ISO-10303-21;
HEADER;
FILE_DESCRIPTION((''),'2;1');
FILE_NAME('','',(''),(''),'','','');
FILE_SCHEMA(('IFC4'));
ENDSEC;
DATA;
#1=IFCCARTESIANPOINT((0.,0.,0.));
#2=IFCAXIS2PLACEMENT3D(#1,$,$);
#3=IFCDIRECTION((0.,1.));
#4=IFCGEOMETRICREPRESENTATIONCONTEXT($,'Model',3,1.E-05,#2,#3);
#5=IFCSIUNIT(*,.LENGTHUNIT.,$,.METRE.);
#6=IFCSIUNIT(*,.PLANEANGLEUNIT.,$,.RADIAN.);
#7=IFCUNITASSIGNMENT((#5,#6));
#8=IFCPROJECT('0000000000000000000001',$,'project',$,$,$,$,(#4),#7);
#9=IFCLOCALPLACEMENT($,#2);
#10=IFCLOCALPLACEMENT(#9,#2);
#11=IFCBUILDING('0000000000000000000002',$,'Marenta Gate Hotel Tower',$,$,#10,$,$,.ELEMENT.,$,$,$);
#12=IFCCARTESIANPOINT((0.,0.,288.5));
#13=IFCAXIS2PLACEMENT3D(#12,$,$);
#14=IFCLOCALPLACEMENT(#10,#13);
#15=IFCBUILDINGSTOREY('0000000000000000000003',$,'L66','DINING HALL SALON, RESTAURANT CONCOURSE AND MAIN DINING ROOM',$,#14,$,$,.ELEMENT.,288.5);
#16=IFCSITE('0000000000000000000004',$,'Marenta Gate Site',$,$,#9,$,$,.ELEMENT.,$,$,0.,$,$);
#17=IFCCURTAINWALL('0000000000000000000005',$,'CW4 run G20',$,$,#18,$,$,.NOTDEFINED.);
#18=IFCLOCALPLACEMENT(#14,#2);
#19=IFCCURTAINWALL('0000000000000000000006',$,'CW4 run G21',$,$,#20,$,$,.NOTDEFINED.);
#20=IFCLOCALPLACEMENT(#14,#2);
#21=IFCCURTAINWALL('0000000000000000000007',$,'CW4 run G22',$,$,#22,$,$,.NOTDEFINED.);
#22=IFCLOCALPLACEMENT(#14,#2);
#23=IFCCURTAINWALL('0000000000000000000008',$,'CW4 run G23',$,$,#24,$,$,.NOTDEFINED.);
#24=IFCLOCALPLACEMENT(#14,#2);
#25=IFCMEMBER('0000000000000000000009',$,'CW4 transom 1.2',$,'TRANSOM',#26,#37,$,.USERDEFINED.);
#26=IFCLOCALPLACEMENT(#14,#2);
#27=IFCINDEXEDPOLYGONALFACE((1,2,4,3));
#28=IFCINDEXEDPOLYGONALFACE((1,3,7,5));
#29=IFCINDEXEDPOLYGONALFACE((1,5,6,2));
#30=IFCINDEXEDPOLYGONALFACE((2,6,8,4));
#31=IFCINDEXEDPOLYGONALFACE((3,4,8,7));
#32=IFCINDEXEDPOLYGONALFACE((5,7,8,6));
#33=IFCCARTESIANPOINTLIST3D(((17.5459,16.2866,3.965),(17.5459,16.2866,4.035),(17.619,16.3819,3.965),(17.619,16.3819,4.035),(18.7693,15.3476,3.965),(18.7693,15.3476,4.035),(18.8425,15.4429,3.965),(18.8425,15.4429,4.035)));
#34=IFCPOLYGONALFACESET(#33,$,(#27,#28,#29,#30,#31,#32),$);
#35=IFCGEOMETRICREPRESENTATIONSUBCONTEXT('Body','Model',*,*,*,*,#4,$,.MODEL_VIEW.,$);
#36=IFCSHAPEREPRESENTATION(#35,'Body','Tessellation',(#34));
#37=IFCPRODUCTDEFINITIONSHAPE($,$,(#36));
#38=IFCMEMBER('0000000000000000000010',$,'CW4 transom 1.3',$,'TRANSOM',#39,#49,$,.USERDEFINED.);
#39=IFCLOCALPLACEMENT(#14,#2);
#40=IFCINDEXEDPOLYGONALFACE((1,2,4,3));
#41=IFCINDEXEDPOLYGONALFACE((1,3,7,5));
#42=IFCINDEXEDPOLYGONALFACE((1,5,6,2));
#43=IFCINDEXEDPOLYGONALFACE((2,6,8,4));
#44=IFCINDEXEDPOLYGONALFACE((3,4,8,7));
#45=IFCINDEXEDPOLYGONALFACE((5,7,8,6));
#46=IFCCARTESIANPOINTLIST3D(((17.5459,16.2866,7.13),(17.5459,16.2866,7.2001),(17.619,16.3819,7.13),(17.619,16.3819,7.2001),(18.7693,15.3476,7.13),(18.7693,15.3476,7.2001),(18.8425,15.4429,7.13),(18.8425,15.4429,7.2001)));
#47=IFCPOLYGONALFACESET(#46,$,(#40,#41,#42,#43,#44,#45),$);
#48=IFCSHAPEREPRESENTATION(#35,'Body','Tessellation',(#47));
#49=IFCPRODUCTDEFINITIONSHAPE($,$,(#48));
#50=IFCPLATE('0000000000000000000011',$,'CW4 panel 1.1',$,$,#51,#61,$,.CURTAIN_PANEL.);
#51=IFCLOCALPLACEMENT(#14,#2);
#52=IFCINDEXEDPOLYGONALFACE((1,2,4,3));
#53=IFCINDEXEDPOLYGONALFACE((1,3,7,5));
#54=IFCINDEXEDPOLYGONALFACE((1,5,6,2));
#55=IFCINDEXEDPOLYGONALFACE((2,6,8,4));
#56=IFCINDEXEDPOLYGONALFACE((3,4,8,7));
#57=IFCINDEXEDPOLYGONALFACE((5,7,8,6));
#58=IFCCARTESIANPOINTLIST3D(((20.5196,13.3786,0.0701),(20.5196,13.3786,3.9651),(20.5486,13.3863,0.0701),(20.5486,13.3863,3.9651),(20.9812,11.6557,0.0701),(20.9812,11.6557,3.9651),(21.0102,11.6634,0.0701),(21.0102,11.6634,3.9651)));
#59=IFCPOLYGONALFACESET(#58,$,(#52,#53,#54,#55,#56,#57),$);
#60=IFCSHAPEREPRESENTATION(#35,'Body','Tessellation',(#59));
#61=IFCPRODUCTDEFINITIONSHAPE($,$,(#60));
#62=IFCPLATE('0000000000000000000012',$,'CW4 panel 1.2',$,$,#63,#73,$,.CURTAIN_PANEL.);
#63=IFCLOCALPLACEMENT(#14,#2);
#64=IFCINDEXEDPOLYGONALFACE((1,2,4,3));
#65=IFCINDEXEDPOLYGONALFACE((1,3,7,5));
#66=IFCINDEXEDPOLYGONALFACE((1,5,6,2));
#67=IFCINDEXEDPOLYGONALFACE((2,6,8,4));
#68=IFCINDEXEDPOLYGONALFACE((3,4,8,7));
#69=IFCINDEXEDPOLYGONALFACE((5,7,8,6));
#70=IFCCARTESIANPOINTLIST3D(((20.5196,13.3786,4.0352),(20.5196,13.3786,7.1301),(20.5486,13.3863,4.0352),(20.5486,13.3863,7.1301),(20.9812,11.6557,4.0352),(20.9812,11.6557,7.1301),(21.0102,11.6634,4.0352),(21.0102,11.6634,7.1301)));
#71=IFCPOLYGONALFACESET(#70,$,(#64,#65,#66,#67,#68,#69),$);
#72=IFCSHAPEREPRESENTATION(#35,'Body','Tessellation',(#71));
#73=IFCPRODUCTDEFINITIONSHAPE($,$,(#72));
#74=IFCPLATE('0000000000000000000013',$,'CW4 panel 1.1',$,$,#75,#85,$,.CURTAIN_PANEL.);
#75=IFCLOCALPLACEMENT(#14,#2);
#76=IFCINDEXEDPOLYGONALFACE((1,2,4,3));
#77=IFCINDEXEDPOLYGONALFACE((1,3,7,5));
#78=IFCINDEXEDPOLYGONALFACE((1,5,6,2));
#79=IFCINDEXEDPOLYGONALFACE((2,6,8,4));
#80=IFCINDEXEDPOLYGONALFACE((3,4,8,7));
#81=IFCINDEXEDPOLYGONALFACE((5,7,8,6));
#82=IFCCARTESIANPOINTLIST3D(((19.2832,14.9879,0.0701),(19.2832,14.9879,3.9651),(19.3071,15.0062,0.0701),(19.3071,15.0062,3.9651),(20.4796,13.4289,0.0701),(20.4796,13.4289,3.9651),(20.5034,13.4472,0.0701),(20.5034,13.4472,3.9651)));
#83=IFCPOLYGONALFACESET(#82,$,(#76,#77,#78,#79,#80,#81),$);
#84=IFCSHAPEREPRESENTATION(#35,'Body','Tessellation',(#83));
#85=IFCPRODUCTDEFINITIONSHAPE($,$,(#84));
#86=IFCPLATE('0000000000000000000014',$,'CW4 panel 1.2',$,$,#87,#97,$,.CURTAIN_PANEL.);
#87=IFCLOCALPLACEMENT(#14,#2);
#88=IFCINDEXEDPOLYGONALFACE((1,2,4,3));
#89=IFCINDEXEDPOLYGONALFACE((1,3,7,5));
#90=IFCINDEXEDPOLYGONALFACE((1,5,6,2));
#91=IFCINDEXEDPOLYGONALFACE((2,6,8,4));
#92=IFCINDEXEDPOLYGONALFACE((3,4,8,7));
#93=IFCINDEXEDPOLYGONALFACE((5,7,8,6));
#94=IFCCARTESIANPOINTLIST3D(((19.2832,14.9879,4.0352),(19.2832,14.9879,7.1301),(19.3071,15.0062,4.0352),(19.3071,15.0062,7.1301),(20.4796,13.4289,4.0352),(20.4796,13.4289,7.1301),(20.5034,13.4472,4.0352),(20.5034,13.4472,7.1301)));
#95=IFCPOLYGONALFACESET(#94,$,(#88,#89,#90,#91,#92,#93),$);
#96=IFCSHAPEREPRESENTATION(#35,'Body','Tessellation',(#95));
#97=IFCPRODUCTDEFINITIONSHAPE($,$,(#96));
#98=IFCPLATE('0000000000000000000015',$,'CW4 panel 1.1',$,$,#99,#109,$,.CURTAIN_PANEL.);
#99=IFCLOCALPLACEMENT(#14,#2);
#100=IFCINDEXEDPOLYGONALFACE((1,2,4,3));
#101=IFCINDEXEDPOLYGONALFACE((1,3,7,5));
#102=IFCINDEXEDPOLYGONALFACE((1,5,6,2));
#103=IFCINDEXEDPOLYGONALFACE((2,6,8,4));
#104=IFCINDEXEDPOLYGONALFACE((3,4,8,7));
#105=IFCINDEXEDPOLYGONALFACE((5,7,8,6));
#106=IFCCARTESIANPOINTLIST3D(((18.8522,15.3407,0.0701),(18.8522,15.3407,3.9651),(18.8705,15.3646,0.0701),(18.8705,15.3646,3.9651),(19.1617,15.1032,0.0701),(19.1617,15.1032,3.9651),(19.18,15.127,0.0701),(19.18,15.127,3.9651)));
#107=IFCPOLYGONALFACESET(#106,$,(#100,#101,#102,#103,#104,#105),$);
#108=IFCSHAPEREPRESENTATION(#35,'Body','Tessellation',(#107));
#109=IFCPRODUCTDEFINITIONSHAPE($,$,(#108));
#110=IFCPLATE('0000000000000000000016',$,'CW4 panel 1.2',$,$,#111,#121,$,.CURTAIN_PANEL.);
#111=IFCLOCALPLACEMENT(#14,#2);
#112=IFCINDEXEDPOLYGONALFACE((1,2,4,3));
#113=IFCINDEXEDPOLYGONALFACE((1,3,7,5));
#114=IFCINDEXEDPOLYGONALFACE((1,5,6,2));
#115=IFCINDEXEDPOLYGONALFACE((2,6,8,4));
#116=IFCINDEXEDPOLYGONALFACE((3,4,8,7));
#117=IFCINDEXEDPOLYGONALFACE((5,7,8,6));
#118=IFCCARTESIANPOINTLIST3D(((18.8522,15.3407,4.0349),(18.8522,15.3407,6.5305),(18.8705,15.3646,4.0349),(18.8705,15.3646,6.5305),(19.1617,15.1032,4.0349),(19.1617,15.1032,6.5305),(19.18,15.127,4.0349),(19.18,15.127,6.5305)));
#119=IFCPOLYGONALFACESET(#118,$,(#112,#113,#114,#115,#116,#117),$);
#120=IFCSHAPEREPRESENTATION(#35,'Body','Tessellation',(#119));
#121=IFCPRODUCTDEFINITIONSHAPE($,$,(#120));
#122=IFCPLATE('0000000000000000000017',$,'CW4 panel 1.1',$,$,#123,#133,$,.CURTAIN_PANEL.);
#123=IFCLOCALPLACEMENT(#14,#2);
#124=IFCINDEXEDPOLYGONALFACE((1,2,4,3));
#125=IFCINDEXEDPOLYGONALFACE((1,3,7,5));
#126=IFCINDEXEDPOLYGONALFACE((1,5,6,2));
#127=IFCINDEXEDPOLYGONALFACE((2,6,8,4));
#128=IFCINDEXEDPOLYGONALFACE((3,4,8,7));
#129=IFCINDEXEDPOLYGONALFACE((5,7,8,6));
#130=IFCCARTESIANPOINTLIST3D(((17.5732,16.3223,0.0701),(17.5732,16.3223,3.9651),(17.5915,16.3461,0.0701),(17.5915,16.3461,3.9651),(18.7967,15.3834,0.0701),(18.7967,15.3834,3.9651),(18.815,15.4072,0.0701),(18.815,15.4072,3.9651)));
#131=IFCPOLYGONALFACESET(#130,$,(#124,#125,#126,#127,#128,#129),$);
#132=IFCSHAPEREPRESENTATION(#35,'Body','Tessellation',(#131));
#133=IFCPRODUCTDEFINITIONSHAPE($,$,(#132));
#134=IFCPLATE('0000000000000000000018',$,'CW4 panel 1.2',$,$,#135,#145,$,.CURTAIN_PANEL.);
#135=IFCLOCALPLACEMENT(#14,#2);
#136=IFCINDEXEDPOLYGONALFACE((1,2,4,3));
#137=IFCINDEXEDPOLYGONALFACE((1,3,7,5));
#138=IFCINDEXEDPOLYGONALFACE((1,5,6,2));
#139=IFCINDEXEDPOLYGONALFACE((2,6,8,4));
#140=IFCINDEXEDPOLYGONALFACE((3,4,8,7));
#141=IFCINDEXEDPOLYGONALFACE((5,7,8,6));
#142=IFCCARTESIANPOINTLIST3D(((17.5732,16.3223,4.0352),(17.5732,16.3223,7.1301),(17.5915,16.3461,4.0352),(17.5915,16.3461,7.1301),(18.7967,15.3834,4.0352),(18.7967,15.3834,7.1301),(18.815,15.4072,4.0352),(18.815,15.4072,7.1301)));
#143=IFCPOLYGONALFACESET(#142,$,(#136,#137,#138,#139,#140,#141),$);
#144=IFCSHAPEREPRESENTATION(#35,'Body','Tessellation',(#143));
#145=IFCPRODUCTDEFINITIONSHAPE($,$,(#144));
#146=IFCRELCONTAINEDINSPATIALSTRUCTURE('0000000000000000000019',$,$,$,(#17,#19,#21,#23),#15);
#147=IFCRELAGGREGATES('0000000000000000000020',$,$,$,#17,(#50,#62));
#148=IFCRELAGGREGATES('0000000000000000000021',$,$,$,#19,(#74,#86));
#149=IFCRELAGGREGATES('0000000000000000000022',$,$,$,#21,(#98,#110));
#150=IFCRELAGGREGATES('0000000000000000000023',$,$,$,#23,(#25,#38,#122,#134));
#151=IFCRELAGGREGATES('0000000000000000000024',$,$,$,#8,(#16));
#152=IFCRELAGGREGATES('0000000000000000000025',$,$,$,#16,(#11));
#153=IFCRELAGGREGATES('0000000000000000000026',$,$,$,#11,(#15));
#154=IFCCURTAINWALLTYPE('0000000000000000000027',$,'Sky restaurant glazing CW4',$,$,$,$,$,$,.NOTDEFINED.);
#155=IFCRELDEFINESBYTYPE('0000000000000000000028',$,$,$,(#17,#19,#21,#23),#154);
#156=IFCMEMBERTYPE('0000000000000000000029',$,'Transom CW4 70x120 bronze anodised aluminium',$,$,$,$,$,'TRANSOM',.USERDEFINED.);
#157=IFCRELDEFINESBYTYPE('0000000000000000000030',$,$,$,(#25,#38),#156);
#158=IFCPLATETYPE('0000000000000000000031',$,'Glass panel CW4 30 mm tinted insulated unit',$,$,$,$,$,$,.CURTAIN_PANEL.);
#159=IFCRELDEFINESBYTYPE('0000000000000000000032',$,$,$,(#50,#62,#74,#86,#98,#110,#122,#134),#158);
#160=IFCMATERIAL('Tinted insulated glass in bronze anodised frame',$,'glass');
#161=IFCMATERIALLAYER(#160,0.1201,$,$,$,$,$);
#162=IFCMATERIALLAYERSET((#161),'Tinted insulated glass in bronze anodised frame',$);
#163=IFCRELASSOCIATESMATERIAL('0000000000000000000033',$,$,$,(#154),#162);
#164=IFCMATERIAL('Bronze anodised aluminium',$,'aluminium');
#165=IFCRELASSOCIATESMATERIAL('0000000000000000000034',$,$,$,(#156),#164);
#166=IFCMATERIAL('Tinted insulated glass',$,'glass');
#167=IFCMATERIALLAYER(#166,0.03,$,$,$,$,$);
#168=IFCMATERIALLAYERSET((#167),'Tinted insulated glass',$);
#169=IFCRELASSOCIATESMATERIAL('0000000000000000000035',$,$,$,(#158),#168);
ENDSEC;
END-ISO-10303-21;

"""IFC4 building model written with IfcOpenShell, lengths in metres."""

from ifc_helpers import new_model, si_unit, direction, frame, origin, origin_2d, place, context, subcontext, project, spatial, rectangle, extrude, material, layer, layer_set, material_profile, profile_set, type_object, element, aggregate, save


model = new_model("IFC4")

# Units and contexts
model_context = context("Model", 3, precision=1e-05, world=origin(), true_north=direction((0.0, 1.0)))
body_context = subcontext(model_context, "Body", "Model", "MODEL_VIEW")
ifc_project = project(units=[si_unit("LENGTHUNIT", "METRE"), si_unit("PLANEANGLEUNIT", "RADIAN")], contexts=[model_context])

# Site, building, storey
site_placement = place(None, origin())
site = spatial("IfcSite", under=ifc_project, at=site_placement, Name="Marenta Gate Site", CompositionType="ELEMENT", RefElevation=0.0)
building_placement = place(site_placement, origin())
building = spatial("IfcBuilding", under=site, at=building_placement, Name="Marenta Gate Hotel Tower", CompositionType="ELEMENT")
storey_placement = place(building_placement, frame((0.0, 0.0, 288.5)))
storey = spatial("IfcBuildingStorey", under=building, at=storey_placement, Name="L66", Description="DINING HALL SALON, RESTAURANT CONCOURSE AND MAIN DINING ROOM", CompositionType="ELEMENT", Elevation=288.5)

# Curtain wall
ifc_material_1 = material(Name="Tinted insulated glass in bronze anodised frame", Category="glass")
ifc_layer_1 = layer(ifc_material_1, 0.1201)
ifc_layer_set_1 = layer_set([ifc_layer_1], Name="Tinted insulated glass in bronze anodised frame")
curtain_wall_type = type_object("IfcCurtainWallType", Name="Sky restaurant glazing CW4", PredefinedType="NOTDEFINED", material=ifc_layer_set_1)
curtain_wall_1_placement = place(storey_placement, origin())
curtain_wall_1 = element("IfcCurtainWall", 1, at=curtain_wall_1_placement, inside=storey, type_object=curtain_wall_type, Name="CW4 run G20", PredefinedType="NOTDEFINED")

# Curtain wall
curtain_wall_2_placement = place(storey_placement, origin())
curtain_wall_2 = element("IfcCurtainWall", 2, at=curtain_wall_2_placement, inside=storey, type_object=curtain_wall_type, Name="CW4 run G21", PredefinedType="NOTDEFINED")

# Curtain walls
curtain_wall_3_placement = place(storey_placement, origin())
curtain_wall_3 = element("IfcCurtainWall", 3, at=curtain_wall_3_placement, inside=storey, type_object=curtain_wall_type, Name="CW4 run G22", PredefinedType="NOTDEFINED")
curtain_wall_4_placement = place(storey_placement, origin())
curtain_wall_4 = element("IfcCurtainWall", 4, at=curtain_wall_4_placement, inside=storey, type_object=curtain_wall_type, Name="CW4 run G23", PredefinedType="NOTDEFINED")

# Members
ifc_material_2 = material(Name="Bronze anodised aluminium", Category="aluminium")
ifc_material_profile_1 = material_profile(ifc_material_2, rectangle(XDim=0.1201, YDim=0.0701, at=origin_2d()), Name="Transom CW4 70x120 bronze anodised aluminium")
ifc_profile_set_1 = profile_set([ifc_material_profile_1], Name="Bronze anodised aluminium")
member_type_1 = type_object("IfcMemberType", Name="Transom CW4 70x120 bronze anodised aluminium", ElementType="TRANSOM", PredefinedType="USERDEFINED", material=ifc_profile_set_1)
member_1_placement = place(storey_placement, frame((18.8059, 15.3953, 4.0), z_axis=(-0.793283, 0.608854, 0.0), x_axis=(-0.608854, -0.793283, 0.0)))
member_1 = element("IfcMember", 5, at=member_1_placement, type_object=member_type_1, Name="CW4 transom 1.2", ObjectType="TRANSOM", PredefinedType="USERDEFINED", context=body_context, shape_type="SweptSolid", body=[
    extrude(rectangle(XDim=0.1201, YDim=0.0701, at=origin_2d()), origin(), (0.0, 0.0, 1.0), 1.5422),
])
member_2_placement = place(storey_placement, frame((18.8059, 15.3953, 7.165), z_axis=(-0.793283, 0.608854, 0.0), x_axis=(-0.608854, -0.793283, 0.0)))
member_2 = element("IfcMember", 6, at=member_2_placement, type_object=member_type_1, Name="CW4 transom 1.3", ObjectType="TRANSOM", PredefinedType="USERDEFINED", context=body_context, shape_type="SweptSolid", body=[
    extrude(rectangle(XDim=0.1201, YDim=0.0701, at=origin_2d()), origin(), (0.0, 0.0, 1.0), 1.5422),
])

# Plates
ifc_material_3 = material(Name="Tinted insulated glass", Category="glass")
ifc_layer_2 = layer(ifc_material_3, 0.03)
ifc_layer_set_2 = layer_set([ifc_layer_2], Name="Tinted insulated glass")
plate_type = type_object("IfcPlateType", Name="Glass panel CW4 30 mm tinted insulated unit", PredefinedType="CURTAIN_PANEL", material=ifc_layer_set_2)
plate_1_placement = place(storey_placement, frame((20.7649, 12.521, 0.0701), z_axis=(0.0, 0.0, 1.0), x_axis=(-0.258824, 0.965924, 0.0)))
plate_1 = element("IfcPlate", 7, at=plate_1_placement, type_object=plate_type, Name="CW4 panel 1.1", PredefinedType="CURTAIN_PANEL", context=body_context, shape_type="SweptSolid", body=[
    extrude(rectangle(XDim=1.7837, YDim=0.03, at=origin_2d()), origin(), (0.0, 0.0, 1.0), 3.895),
])
plate_2_placement = place(storey_placement, frame((20.7649, 12.521, 4.0352), z_axis=(0.0, 0.0, 1.0), x_axis=(-0.258824, 0.965924, 0.0)))
plate_2 = element("IfcPlate", 8, at=plate_2_placement, type_object=plate_type, Name="CW4 panel 1.2", PredefinedType="CURTAIN_PANEL", context=body_context, shape_type="SweptSolid", body=[
    extrude(rectangle(XDim=1.7837, YDim=0.03, at=origin_2d()), origin(), (0.0, 0.0, 1.0), 3.095),
])
aggregate(curtain_wall_1, [plate_1, plate_2])
plate_3_placement = place(storey_placement, frame((19.8933, 14.2175, 0.0701), z_axis=(0.0, 0.0, 1.0), x_axis=(-0.608787, 0.793333, 0.0)))
plate_3 = element("IfcPlate", 9, at=plate_3_placement, type_object=plate_type, Name="CW4 panel 1.1", PredefinedType="CURTAIN_PANEL", context=body_context, shape_type="SweptSolid", body=[
    extrude(rectangle(XDim=1.9651, YDim=0.03, at=origin_2d()), origin(), (0.0, 0.0, 1.0), 3.895),
])
plate_4_placement = place(storey_placement, frame((19.8933, 14.2175, 4.0352), z_axis=(0.0, 0.0, 1.0), x_axis=(-0.608787, 0.793333, 0.0)))
plate_4 = element("IfcPlate", 10, at=plate_4_placement, type_object=plate_type, Name="CW4 panel 1.2", PredefinedType="CURTAIN_PANEL", context=body_context, shape_type="SweptSolid", body=[
    extrude(rectangle(XDim=1.9651, YDim=0.03, at=origin_2d()), origin(), (0.0, 0.0, 1.0), 3.095),
])
aggregate(curtain_wall_2, [plate_3, plate_4])
plate_5_placement = place(storey_placement, frame((19.0161, 15.2339, 0.0701), z_axis=(0.0, 0.0, 1.0), x_axis=(-0.793326, 0.608797, 0.0)))
plate_5 = element("IfcPlate", 11, at=plate_5_placement, type_object=plate_type, Name="CW4 panel 1.1", PredefinedType="CURTAIN_PANEL", context=body_context, shape_type="SweptSolid", body=[
    extrude(rectangle(XDim=0.3901, YDim=0.03, at=origin_2d()), origin(), (0.0, 0.0, 1.0), 3.895),
])
plate_6_placement = place(storey_placement, frame((19.0161, 15.2339, 4.0349), z_axis=(0.0, 0.0, 1.0), x_axis=(-0.793326, 0.608797, 0.0)))
plate_6 = element("IfcPlate", 12, at=plate_6_placement, type_object=plate_type, Name="CW4 panel 1.2", PredefinedType="CURTAIN_PANEL", context=body_context, shape_type="SweptSolid", body=[
    extrude(rectangle(XDim=0.3901, YDim=0.03, at=origin_2d()), origin(), (0.0, 0.0, 1.0), 2.4956),
])
aggregate(curtain_wall_3, [plate_5, plate_6])
plate_7_placement = place(storey_placement, frame((18.1941, 15.8647, 0.0701), z_axis=(0.0, 0.0, 1.0), x_axis=(-0.793327, 0.608796, 0.0)))
plate_7 = element("IfcPlate", 13, at=plate_7_placement, type_object=plate_type, Name="CW4 panel 1.1", PredefinedType="CURTAIN_PANEL", context=body_context, shape_type="SweptSolid", body=[
    extrude(rectangle(XDim=1.5422, YDim=0.03, at=origin_2d()), origin(), (0.0, 0.0, 1.0), 3.895),
])
plate_8_placement = place(storey_placement, frame((18.1941, 15.8647, 4.0352), z_axis=(0.0, 0.0, 1.0), x_axis=(-0.793327, 0.608796, 0.0)))
plate_8 = element("IfcPlate", 14, at=plate_8_placement, type_object=plate_type, Name="CW4 panel 1.2", PredefinedType="CURTAIN_PANEL", context=body_context, shape_type="SweptSolid", body=[
    extrude(rectangle(XDim=1.5422, YDim=0.03, at=origin_2d()), origin(), (0.0, 0.0, 1.0), 3.095),
])
aggregate(curtain_wall_4, [member_1, member_2, plate_7, plate_8])

save(model, "model.ifc")
